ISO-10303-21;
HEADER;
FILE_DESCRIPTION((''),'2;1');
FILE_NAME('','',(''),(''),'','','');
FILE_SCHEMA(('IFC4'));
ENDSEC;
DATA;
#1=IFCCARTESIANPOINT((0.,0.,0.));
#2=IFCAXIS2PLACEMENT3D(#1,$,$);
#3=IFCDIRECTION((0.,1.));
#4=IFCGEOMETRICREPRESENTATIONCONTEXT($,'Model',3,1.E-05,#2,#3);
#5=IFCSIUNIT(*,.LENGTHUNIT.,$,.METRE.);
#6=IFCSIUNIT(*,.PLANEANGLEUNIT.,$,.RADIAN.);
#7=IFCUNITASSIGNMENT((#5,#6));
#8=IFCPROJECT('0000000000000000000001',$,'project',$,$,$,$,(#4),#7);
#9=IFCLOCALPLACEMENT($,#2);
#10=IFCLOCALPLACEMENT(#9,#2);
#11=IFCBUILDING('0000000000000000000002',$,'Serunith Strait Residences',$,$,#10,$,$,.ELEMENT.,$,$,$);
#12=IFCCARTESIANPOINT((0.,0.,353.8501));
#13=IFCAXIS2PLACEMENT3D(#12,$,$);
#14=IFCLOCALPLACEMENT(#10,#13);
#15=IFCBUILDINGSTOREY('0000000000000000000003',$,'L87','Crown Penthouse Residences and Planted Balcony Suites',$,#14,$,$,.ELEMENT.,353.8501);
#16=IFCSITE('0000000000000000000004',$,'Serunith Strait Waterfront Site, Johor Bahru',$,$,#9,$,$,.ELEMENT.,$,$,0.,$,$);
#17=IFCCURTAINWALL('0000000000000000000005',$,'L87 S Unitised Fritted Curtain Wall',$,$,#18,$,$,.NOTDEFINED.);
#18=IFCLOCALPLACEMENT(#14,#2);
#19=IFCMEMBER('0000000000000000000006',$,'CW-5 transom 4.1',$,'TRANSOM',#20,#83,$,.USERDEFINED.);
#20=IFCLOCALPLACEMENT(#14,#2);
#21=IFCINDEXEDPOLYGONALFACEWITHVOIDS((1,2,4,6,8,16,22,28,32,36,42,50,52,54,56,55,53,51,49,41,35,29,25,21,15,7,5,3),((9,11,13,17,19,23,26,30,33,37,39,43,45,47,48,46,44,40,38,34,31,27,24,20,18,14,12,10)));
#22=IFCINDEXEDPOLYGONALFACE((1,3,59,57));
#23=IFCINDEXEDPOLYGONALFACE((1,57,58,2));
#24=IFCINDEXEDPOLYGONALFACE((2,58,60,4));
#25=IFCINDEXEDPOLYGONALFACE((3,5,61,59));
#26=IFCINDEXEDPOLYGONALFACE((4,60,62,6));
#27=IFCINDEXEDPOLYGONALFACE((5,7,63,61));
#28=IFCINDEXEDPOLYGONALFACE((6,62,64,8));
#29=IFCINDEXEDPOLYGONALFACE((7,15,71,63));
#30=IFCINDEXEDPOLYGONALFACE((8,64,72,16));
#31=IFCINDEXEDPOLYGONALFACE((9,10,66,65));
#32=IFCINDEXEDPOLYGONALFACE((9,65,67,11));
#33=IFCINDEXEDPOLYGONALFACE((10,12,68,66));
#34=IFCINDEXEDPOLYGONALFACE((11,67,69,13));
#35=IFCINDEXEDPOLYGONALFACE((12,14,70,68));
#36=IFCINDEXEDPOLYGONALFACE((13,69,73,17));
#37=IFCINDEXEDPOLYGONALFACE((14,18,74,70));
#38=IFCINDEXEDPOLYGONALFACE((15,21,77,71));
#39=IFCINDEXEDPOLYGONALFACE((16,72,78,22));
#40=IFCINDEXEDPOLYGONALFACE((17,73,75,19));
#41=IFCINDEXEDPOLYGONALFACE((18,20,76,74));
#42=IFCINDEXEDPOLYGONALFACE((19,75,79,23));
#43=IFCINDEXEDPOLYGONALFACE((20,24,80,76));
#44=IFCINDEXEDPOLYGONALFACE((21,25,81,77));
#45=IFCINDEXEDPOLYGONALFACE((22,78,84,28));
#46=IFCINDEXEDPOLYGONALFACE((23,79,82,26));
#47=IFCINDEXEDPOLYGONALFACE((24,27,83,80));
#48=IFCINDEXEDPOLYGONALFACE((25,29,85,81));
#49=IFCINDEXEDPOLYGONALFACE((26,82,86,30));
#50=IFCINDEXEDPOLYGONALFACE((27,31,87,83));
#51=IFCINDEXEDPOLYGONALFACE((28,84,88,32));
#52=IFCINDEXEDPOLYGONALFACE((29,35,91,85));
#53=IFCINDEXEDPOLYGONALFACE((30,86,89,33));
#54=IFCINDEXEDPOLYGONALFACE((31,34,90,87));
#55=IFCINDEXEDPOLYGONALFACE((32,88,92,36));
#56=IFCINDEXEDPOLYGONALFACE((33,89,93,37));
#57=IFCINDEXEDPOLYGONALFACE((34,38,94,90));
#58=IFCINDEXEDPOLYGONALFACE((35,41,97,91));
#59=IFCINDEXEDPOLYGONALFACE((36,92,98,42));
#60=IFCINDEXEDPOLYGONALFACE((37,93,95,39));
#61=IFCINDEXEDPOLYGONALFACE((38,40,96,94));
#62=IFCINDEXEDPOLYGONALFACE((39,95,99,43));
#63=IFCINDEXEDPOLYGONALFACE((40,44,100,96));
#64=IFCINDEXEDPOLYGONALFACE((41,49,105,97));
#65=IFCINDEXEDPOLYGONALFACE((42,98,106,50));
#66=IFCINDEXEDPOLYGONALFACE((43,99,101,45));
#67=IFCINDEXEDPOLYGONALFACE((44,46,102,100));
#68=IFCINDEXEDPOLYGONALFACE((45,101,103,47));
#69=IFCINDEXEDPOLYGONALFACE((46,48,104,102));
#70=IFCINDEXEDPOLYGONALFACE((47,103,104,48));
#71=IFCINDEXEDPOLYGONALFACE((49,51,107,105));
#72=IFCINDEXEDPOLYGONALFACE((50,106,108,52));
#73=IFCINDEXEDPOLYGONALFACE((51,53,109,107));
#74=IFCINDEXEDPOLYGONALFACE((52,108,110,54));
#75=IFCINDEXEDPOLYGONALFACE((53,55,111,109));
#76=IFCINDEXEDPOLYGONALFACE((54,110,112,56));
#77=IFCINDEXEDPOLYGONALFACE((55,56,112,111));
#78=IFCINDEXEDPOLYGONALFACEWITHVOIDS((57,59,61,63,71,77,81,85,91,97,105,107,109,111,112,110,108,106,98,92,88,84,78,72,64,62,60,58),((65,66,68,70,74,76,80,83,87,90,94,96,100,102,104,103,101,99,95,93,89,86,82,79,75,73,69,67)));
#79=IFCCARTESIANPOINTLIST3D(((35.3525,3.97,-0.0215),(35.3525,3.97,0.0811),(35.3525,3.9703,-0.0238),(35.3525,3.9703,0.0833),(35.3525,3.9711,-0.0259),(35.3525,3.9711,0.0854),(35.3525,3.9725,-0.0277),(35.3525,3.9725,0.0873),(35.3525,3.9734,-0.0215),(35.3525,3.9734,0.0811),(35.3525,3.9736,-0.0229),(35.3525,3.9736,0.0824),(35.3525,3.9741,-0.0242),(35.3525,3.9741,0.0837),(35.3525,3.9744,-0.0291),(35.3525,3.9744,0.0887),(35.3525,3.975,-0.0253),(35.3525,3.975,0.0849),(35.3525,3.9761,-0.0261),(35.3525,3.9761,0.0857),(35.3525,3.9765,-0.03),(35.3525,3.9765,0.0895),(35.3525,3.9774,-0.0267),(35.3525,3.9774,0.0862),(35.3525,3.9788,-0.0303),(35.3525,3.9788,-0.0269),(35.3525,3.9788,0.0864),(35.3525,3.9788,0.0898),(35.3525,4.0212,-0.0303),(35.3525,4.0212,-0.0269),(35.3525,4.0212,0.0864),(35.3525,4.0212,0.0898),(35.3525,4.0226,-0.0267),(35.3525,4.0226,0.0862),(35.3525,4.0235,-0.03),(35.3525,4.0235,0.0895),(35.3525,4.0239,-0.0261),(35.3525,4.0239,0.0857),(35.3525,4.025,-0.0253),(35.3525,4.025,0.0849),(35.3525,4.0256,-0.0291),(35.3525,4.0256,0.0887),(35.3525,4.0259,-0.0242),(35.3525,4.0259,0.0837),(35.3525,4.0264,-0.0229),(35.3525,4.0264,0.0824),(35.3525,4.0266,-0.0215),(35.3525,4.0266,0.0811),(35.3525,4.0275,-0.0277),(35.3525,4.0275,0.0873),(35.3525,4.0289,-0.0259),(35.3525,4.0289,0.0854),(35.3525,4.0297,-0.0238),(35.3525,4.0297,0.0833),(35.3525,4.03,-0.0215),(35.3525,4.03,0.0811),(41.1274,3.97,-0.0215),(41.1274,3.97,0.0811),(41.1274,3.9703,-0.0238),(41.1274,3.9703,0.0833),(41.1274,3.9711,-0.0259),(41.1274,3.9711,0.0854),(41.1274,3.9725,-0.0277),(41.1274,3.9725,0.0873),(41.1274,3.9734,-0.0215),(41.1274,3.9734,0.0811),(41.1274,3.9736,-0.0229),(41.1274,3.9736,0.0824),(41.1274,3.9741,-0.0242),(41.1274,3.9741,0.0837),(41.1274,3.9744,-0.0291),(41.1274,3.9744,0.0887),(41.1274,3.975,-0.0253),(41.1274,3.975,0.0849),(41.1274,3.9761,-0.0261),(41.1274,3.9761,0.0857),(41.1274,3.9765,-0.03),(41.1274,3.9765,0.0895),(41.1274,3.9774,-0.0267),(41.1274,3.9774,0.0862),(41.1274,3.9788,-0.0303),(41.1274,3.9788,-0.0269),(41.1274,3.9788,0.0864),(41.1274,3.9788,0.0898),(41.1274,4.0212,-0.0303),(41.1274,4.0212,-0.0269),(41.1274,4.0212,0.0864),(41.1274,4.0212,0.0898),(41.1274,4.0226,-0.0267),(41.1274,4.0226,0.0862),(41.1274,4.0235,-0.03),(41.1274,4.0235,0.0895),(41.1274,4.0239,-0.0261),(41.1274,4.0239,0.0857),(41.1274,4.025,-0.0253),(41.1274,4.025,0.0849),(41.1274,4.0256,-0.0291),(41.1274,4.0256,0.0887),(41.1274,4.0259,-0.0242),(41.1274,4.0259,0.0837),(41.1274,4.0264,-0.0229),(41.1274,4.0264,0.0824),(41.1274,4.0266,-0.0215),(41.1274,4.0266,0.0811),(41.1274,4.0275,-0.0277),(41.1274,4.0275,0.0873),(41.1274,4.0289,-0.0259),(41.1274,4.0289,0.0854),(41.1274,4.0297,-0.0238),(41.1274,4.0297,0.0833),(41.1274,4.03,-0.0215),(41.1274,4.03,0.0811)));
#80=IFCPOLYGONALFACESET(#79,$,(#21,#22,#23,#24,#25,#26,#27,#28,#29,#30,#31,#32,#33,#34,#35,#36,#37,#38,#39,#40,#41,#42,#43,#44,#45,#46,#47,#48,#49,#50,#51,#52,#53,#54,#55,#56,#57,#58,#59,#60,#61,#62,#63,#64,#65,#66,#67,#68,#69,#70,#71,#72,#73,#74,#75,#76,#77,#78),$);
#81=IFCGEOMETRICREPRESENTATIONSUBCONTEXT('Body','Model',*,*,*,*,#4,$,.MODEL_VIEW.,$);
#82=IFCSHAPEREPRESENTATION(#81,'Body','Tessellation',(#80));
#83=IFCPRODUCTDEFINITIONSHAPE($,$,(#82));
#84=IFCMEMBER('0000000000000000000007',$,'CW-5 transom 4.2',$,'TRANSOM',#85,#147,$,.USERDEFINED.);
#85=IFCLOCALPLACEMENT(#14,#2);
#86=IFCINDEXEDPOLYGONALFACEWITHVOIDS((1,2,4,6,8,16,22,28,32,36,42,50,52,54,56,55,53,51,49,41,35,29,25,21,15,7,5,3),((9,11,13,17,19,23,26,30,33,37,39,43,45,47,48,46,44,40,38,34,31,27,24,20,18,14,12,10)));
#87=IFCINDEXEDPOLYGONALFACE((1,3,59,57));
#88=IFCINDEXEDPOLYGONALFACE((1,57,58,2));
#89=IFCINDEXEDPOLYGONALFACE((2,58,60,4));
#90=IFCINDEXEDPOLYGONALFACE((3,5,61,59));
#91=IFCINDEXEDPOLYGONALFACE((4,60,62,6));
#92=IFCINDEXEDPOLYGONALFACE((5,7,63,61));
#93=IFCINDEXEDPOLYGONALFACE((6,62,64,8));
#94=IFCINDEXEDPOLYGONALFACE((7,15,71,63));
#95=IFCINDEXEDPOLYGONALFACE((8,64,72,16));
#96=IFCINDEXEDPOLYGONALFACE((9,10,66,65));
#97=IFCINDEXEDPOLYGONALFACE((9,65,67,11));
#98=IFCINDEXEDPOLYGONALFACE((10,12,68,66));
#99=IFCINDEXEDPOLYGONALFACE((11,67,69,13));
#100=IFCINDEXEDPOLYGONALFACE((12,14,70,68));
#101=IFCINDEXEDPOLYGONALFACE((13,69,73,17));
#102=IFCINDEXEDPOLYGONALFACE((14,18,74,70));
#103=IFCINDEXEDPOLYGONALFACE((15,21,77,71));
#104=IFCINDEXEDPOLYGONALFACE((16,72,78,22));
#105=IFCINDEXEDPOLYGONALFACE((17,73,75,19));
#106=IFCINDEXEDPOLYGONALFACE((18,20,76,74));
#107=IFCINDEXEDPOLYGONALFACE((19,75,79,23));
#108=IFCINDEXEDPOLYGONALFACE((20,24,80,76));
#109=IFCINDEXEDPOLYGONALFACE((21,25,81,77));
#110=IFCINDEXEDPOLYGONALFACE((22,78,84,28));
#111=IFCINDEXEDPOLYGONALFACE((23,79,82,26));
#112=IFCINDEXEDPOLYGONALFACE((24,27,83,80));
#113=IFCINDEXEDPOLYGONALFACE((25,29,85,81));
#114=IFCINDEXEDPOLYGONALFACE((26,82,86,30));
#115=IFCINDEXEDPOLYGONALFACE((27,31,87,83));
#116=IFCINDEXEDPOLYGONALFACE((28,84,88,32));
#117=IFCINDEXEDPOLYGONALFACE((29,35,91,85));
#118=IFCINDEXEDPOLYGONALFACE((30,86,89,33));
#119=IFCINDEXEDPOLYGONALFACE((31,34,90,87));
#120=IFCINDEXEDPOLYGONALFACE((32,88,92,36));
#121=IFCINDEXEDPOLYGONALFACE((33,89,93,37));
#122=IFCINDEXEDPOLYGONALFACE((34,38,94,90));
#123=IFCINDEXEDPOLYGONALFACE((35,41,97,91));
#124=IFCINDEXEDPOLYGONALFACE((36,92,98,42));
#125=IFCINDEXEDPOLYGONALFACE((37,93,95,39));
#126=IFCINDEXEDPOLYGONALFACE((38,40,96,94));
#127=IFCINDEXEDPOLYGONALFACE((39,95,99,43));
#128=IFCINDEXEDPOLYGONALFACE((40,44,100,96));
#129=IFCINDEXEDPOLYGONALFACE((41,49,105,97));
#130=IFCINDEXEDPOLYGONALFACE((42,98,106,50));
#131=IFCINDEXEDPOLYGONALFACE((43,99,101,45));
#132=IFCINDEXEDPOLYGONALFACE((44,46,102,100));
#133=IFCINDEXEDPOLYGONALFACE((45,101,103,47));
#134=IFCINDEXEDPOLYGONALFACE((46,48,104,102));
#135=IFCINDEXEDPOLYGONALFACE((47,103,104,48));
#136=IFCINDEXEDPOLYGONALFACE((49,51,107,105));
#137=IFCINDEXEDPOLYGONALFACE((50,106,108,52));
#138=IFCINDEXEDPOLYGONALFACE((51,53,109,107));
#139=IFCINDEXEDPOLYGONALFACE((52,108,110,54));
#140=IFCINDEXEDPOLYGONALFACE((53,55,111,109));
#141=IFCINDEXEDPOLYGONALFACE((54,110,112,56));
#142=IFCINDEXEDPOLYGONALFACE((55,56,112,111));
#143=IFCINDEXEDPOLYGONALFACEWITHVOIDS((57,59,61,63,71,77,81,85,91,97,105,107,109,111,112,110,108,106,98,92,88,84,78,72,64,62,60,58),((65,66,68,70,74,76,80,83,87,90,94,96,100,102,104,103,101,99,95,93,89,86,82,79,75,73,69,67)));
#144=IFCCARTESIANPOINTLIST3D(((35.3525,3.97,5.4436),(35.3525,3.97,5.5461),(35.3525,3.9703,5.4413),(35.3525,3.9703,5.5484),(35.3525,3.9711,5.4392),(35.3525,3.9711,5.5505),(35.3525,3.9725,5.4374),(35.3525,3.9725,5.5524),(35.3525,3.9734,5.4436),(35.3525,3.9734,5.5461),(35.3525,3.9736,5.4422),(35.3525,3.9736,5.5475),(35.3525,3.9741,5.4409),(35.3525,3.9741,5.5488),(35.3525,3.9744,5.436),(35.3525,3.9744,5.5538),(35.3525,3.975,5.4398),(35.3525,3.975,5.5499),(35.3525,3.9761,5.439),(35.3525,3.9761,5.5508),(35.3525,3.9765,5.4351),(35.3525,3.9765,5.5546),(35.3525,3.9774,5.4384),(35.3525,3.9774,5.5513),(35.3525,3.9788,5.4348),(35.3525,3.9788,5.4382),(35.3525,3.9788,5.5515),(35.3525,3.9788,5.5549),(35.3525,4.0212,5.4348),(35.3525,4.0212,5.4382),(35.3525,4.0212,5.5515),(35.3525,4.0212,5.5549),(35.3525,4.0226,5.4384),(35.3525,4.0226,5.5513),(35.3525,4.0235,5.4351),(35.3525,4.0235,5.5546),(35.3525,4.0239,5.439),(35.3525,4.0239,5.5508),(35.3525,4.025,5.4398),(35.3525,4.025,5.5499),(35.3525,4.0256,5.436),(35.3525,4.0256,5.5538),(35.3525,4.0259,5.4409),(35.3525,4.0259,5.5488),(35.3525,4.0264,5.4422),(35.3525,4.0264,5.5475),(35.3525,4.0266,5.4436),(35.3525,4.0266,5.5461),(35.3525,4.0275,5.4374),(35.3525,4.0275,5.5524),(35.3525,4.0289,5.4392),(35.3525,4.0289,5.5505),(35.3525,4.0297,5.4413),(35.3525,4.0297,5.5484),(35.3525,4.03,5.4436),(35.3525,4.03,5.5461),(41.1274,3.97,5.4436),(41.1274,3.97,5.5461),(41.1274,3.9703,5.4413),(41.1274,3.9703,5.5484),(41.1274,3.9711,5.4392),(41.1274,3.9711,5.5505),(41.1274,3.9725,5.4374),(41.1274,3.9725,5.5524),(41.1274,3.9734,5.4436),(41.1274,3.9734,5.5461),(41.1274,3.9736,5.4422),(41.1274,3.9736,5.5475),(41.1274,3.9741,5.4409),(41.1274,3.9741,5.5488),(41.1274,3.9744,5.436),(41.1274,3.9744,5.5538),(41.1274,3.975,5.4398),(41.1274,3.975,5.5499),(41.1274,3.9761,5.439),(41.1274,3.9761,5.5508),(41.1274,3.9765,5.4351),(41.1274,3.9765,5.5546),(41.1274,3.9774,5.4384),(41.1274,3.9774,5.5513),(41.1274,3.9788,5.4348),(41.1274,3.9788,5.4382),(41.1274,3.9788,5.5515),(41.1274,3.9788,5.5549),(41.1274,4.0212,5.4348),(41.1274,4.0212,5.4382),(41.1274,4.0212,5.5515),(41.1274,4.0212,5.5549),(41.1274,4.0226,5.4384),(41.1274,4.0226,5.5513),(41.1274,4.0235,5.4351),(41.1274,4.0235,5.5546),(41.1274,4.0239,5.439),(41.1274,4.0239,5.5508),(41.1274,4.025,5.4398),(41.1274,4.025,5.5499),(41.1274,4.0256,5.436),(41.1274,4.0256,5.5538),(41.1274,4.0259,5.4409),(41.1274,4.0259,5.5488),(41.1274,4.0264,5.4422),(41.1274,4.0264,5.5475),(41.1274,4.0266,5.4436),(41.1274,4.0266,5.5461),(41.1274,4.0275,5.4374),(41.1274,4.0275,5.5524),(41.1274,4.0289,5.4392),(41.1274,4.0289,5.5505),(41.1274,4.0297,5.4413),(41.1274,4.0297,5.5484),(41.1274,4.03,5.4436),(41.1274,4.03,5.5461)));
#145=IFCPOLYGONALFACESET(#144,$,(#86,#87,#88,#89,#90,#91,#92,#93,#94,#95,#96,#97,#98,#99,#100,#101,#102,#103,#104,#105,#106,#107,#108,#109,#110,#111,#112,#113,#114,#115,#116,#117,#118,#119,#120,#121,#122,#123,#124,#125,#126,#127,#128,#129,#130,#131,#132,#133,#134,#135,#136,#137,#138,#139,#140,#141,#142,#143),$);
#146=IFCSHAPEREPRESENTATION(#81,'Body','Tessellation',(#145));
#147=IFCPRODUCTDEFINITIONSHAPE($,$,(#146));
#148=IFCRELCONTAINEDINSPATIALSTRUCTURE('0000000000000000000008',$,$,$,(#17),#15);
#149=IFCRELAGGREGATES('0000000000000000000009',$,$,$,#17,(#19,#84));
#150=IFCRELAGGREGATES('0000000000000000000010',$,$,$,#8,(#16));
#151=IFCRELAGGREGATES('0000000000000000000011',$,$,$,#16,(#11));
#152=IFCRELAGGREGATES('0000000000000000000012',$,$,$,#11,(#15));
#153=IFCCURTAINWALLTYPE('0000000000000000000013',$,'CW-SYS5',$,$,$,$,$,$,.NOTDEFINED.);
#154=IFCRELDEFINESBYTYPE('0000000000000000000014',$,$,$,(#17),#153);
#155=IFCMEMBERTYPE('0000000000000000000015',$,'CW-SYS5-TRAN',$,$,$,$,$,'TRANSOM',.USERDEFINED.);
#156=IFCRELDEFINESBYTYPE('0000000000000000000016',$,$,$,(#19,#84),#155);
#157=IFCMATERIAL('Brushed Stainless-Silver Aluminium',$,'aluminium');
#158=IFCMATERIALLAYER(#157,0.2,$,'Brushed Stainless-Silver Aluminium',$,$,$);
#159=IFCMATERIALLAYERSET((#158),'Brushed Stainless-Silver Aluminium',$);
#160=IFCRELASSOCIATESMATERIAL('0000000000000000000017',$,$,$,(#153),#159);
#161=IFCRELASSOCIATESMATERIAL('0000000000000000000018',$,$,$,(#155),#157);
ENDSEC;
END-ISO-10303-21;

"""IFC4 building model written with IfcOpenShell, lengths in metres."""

from ifc_helpers import new_model, si_unit, direction, frame, origin, origin_2d, place, context, subcontext, project, spatial, hollow_rectangle, extrude, source, transform, mapped, material, layer, layer_set, material_profile, profile_set, type_object, element, aggregate, save


model = new_model("IFC4")

# Units and contexts
model_context = context("Model", 3, precision=1e-05, world=origin(), true_north=direction((0.0, 1.0)))
body_context = subcontext(model_context, "Body", "Model", "MODEL_VIEW")
ifc_project = project(units=[si_unit("LENGTHUNIT", "METRE"), si_unit("PLANEANGLEUNIT", "RADIAN")], contexts=[model_context])

# Site, building, storey
site_placement = place(None, origin())
site = spatial("IfcSite", under=ifc_project, at=site_placement, Name="Serunith Strait Waterfront Site, Johor Bahru", CompositionType="ELEMENT", RefElevation=0.0)
building_placement = place(site_placement, origin())
building = spatial("IfcBuilding", under=site, at=building_placement, Name="Serunith Strait Residences", CompositionType="ELEMENT")
storey_placement = place(building_placement, frame((0.0, 0.0, 353.8501)))
storey = spatial("IfcBuildingStorey", under=building, at=storey_placement, Name="L87", Description="Crown Penthouse Residences and Planted Balcony Suites", CompositionType="ELEMENT", Elevation=353.8501)

# Curtain wall, members
ifc_material_1 = material(Name="Brushed Stainless-Silver Aluminium", Category="aluminium")
ifc_layer_1 = layer(ifc_material_1, 0.2, Name="Brushed Stainless-Silver Aluminium")
ifc_layer_set_1 = layer_set([ifc_layer_1], Name="Brushed Stainless-Silver Aluminium")
curtain_wall_type = type_object("IfcCurtainWallType", Name="CW-SYS5", PredefinedType="NOTDEFINED", material=ifc_layer_set_1)
curtain_wall_placement = place(storey_placement, origin())
curtain_wall = element("IfcCurtainWall", 1, at=curtain_wall_placement, inside=storey, type_object=curtain_wall_type, Name="L87 S Unitised Fritted Curtain Wall", PredefinedType="NOTDEFINED")
ifc_material_profile_1 = material_profile(ifc_material_1, hollow_rectangle(XDim=0.0601, YDim=0.1201, WallThickness=0.0034, InnerFilletRadius=0.0054, OuterFilletRadius=0.0088, at=origin_2d()), Name="ALU 120x60x3.5")
ifc_profile_set_1 = profile_set([ifc_material_profile_1], Name="Brushed Stainless-Silver Aluminium")
member_type_1 = type_object("IfcMemberType", Name="CW-SYS5-TRAN", ElementType="TRANSOM", PredefinedType="USERDEFINED", material=ifc_profile_set_1)
shared_shape_1 = source(origin(), body_context, "Body", "SweptSolid", [
    extrude(hollow_rectangle(XDim=0.0601, YDim=0.1201, WallThickness=0.0034, InnerFilletRadius=0.0054, OuterFilletRadius=0.0088, at=origin_2d()), origin(), (0.0, 0.0, 1.0), 5.7749),
])
member_1_placement = place(storey_placement, frame((35.3525, 4.0, 0.0298), z_axis=(1.0, 0.0, 0.0), x_axis=(0.0, 1.0, 0.0)))
member_1 = element("IfcMember", 2, at=member_1_placement, type_object=member_type_1, Name="CW-5 transom 4.1", ObjectType="TRANSOM", PredefinedType="USERDEFINED", context=body_context, shape_type="MappedRepresentation", body=[
    mapped(shared_shape_1, transform((0.0, 0.0, 0.0), scale=1.0)),
])
member_2_placement = place(storey_placement, frame((35.3525, 4.0, 5.4949), z_axis=(1.0, 0.0, 0.0), x_axis=(0.0, 1.0, 0.0)))
member_2 = element("IfcMember", 3, at=member_2_placement, type_object=member_type_1, Name="CW-5 transom 4.2", ObjectType="TRANSOM", PredefinedType="USERDEFINED", context=body_context, shape_type="MappedRepresentation", body=[
    mapped(shared_shape_1, transform((0.0, 0.0, 0.0), scale=1.0)),
])
aggregate(curtain_wall, [member_1, member_2])

save(model, "model.ifc")
